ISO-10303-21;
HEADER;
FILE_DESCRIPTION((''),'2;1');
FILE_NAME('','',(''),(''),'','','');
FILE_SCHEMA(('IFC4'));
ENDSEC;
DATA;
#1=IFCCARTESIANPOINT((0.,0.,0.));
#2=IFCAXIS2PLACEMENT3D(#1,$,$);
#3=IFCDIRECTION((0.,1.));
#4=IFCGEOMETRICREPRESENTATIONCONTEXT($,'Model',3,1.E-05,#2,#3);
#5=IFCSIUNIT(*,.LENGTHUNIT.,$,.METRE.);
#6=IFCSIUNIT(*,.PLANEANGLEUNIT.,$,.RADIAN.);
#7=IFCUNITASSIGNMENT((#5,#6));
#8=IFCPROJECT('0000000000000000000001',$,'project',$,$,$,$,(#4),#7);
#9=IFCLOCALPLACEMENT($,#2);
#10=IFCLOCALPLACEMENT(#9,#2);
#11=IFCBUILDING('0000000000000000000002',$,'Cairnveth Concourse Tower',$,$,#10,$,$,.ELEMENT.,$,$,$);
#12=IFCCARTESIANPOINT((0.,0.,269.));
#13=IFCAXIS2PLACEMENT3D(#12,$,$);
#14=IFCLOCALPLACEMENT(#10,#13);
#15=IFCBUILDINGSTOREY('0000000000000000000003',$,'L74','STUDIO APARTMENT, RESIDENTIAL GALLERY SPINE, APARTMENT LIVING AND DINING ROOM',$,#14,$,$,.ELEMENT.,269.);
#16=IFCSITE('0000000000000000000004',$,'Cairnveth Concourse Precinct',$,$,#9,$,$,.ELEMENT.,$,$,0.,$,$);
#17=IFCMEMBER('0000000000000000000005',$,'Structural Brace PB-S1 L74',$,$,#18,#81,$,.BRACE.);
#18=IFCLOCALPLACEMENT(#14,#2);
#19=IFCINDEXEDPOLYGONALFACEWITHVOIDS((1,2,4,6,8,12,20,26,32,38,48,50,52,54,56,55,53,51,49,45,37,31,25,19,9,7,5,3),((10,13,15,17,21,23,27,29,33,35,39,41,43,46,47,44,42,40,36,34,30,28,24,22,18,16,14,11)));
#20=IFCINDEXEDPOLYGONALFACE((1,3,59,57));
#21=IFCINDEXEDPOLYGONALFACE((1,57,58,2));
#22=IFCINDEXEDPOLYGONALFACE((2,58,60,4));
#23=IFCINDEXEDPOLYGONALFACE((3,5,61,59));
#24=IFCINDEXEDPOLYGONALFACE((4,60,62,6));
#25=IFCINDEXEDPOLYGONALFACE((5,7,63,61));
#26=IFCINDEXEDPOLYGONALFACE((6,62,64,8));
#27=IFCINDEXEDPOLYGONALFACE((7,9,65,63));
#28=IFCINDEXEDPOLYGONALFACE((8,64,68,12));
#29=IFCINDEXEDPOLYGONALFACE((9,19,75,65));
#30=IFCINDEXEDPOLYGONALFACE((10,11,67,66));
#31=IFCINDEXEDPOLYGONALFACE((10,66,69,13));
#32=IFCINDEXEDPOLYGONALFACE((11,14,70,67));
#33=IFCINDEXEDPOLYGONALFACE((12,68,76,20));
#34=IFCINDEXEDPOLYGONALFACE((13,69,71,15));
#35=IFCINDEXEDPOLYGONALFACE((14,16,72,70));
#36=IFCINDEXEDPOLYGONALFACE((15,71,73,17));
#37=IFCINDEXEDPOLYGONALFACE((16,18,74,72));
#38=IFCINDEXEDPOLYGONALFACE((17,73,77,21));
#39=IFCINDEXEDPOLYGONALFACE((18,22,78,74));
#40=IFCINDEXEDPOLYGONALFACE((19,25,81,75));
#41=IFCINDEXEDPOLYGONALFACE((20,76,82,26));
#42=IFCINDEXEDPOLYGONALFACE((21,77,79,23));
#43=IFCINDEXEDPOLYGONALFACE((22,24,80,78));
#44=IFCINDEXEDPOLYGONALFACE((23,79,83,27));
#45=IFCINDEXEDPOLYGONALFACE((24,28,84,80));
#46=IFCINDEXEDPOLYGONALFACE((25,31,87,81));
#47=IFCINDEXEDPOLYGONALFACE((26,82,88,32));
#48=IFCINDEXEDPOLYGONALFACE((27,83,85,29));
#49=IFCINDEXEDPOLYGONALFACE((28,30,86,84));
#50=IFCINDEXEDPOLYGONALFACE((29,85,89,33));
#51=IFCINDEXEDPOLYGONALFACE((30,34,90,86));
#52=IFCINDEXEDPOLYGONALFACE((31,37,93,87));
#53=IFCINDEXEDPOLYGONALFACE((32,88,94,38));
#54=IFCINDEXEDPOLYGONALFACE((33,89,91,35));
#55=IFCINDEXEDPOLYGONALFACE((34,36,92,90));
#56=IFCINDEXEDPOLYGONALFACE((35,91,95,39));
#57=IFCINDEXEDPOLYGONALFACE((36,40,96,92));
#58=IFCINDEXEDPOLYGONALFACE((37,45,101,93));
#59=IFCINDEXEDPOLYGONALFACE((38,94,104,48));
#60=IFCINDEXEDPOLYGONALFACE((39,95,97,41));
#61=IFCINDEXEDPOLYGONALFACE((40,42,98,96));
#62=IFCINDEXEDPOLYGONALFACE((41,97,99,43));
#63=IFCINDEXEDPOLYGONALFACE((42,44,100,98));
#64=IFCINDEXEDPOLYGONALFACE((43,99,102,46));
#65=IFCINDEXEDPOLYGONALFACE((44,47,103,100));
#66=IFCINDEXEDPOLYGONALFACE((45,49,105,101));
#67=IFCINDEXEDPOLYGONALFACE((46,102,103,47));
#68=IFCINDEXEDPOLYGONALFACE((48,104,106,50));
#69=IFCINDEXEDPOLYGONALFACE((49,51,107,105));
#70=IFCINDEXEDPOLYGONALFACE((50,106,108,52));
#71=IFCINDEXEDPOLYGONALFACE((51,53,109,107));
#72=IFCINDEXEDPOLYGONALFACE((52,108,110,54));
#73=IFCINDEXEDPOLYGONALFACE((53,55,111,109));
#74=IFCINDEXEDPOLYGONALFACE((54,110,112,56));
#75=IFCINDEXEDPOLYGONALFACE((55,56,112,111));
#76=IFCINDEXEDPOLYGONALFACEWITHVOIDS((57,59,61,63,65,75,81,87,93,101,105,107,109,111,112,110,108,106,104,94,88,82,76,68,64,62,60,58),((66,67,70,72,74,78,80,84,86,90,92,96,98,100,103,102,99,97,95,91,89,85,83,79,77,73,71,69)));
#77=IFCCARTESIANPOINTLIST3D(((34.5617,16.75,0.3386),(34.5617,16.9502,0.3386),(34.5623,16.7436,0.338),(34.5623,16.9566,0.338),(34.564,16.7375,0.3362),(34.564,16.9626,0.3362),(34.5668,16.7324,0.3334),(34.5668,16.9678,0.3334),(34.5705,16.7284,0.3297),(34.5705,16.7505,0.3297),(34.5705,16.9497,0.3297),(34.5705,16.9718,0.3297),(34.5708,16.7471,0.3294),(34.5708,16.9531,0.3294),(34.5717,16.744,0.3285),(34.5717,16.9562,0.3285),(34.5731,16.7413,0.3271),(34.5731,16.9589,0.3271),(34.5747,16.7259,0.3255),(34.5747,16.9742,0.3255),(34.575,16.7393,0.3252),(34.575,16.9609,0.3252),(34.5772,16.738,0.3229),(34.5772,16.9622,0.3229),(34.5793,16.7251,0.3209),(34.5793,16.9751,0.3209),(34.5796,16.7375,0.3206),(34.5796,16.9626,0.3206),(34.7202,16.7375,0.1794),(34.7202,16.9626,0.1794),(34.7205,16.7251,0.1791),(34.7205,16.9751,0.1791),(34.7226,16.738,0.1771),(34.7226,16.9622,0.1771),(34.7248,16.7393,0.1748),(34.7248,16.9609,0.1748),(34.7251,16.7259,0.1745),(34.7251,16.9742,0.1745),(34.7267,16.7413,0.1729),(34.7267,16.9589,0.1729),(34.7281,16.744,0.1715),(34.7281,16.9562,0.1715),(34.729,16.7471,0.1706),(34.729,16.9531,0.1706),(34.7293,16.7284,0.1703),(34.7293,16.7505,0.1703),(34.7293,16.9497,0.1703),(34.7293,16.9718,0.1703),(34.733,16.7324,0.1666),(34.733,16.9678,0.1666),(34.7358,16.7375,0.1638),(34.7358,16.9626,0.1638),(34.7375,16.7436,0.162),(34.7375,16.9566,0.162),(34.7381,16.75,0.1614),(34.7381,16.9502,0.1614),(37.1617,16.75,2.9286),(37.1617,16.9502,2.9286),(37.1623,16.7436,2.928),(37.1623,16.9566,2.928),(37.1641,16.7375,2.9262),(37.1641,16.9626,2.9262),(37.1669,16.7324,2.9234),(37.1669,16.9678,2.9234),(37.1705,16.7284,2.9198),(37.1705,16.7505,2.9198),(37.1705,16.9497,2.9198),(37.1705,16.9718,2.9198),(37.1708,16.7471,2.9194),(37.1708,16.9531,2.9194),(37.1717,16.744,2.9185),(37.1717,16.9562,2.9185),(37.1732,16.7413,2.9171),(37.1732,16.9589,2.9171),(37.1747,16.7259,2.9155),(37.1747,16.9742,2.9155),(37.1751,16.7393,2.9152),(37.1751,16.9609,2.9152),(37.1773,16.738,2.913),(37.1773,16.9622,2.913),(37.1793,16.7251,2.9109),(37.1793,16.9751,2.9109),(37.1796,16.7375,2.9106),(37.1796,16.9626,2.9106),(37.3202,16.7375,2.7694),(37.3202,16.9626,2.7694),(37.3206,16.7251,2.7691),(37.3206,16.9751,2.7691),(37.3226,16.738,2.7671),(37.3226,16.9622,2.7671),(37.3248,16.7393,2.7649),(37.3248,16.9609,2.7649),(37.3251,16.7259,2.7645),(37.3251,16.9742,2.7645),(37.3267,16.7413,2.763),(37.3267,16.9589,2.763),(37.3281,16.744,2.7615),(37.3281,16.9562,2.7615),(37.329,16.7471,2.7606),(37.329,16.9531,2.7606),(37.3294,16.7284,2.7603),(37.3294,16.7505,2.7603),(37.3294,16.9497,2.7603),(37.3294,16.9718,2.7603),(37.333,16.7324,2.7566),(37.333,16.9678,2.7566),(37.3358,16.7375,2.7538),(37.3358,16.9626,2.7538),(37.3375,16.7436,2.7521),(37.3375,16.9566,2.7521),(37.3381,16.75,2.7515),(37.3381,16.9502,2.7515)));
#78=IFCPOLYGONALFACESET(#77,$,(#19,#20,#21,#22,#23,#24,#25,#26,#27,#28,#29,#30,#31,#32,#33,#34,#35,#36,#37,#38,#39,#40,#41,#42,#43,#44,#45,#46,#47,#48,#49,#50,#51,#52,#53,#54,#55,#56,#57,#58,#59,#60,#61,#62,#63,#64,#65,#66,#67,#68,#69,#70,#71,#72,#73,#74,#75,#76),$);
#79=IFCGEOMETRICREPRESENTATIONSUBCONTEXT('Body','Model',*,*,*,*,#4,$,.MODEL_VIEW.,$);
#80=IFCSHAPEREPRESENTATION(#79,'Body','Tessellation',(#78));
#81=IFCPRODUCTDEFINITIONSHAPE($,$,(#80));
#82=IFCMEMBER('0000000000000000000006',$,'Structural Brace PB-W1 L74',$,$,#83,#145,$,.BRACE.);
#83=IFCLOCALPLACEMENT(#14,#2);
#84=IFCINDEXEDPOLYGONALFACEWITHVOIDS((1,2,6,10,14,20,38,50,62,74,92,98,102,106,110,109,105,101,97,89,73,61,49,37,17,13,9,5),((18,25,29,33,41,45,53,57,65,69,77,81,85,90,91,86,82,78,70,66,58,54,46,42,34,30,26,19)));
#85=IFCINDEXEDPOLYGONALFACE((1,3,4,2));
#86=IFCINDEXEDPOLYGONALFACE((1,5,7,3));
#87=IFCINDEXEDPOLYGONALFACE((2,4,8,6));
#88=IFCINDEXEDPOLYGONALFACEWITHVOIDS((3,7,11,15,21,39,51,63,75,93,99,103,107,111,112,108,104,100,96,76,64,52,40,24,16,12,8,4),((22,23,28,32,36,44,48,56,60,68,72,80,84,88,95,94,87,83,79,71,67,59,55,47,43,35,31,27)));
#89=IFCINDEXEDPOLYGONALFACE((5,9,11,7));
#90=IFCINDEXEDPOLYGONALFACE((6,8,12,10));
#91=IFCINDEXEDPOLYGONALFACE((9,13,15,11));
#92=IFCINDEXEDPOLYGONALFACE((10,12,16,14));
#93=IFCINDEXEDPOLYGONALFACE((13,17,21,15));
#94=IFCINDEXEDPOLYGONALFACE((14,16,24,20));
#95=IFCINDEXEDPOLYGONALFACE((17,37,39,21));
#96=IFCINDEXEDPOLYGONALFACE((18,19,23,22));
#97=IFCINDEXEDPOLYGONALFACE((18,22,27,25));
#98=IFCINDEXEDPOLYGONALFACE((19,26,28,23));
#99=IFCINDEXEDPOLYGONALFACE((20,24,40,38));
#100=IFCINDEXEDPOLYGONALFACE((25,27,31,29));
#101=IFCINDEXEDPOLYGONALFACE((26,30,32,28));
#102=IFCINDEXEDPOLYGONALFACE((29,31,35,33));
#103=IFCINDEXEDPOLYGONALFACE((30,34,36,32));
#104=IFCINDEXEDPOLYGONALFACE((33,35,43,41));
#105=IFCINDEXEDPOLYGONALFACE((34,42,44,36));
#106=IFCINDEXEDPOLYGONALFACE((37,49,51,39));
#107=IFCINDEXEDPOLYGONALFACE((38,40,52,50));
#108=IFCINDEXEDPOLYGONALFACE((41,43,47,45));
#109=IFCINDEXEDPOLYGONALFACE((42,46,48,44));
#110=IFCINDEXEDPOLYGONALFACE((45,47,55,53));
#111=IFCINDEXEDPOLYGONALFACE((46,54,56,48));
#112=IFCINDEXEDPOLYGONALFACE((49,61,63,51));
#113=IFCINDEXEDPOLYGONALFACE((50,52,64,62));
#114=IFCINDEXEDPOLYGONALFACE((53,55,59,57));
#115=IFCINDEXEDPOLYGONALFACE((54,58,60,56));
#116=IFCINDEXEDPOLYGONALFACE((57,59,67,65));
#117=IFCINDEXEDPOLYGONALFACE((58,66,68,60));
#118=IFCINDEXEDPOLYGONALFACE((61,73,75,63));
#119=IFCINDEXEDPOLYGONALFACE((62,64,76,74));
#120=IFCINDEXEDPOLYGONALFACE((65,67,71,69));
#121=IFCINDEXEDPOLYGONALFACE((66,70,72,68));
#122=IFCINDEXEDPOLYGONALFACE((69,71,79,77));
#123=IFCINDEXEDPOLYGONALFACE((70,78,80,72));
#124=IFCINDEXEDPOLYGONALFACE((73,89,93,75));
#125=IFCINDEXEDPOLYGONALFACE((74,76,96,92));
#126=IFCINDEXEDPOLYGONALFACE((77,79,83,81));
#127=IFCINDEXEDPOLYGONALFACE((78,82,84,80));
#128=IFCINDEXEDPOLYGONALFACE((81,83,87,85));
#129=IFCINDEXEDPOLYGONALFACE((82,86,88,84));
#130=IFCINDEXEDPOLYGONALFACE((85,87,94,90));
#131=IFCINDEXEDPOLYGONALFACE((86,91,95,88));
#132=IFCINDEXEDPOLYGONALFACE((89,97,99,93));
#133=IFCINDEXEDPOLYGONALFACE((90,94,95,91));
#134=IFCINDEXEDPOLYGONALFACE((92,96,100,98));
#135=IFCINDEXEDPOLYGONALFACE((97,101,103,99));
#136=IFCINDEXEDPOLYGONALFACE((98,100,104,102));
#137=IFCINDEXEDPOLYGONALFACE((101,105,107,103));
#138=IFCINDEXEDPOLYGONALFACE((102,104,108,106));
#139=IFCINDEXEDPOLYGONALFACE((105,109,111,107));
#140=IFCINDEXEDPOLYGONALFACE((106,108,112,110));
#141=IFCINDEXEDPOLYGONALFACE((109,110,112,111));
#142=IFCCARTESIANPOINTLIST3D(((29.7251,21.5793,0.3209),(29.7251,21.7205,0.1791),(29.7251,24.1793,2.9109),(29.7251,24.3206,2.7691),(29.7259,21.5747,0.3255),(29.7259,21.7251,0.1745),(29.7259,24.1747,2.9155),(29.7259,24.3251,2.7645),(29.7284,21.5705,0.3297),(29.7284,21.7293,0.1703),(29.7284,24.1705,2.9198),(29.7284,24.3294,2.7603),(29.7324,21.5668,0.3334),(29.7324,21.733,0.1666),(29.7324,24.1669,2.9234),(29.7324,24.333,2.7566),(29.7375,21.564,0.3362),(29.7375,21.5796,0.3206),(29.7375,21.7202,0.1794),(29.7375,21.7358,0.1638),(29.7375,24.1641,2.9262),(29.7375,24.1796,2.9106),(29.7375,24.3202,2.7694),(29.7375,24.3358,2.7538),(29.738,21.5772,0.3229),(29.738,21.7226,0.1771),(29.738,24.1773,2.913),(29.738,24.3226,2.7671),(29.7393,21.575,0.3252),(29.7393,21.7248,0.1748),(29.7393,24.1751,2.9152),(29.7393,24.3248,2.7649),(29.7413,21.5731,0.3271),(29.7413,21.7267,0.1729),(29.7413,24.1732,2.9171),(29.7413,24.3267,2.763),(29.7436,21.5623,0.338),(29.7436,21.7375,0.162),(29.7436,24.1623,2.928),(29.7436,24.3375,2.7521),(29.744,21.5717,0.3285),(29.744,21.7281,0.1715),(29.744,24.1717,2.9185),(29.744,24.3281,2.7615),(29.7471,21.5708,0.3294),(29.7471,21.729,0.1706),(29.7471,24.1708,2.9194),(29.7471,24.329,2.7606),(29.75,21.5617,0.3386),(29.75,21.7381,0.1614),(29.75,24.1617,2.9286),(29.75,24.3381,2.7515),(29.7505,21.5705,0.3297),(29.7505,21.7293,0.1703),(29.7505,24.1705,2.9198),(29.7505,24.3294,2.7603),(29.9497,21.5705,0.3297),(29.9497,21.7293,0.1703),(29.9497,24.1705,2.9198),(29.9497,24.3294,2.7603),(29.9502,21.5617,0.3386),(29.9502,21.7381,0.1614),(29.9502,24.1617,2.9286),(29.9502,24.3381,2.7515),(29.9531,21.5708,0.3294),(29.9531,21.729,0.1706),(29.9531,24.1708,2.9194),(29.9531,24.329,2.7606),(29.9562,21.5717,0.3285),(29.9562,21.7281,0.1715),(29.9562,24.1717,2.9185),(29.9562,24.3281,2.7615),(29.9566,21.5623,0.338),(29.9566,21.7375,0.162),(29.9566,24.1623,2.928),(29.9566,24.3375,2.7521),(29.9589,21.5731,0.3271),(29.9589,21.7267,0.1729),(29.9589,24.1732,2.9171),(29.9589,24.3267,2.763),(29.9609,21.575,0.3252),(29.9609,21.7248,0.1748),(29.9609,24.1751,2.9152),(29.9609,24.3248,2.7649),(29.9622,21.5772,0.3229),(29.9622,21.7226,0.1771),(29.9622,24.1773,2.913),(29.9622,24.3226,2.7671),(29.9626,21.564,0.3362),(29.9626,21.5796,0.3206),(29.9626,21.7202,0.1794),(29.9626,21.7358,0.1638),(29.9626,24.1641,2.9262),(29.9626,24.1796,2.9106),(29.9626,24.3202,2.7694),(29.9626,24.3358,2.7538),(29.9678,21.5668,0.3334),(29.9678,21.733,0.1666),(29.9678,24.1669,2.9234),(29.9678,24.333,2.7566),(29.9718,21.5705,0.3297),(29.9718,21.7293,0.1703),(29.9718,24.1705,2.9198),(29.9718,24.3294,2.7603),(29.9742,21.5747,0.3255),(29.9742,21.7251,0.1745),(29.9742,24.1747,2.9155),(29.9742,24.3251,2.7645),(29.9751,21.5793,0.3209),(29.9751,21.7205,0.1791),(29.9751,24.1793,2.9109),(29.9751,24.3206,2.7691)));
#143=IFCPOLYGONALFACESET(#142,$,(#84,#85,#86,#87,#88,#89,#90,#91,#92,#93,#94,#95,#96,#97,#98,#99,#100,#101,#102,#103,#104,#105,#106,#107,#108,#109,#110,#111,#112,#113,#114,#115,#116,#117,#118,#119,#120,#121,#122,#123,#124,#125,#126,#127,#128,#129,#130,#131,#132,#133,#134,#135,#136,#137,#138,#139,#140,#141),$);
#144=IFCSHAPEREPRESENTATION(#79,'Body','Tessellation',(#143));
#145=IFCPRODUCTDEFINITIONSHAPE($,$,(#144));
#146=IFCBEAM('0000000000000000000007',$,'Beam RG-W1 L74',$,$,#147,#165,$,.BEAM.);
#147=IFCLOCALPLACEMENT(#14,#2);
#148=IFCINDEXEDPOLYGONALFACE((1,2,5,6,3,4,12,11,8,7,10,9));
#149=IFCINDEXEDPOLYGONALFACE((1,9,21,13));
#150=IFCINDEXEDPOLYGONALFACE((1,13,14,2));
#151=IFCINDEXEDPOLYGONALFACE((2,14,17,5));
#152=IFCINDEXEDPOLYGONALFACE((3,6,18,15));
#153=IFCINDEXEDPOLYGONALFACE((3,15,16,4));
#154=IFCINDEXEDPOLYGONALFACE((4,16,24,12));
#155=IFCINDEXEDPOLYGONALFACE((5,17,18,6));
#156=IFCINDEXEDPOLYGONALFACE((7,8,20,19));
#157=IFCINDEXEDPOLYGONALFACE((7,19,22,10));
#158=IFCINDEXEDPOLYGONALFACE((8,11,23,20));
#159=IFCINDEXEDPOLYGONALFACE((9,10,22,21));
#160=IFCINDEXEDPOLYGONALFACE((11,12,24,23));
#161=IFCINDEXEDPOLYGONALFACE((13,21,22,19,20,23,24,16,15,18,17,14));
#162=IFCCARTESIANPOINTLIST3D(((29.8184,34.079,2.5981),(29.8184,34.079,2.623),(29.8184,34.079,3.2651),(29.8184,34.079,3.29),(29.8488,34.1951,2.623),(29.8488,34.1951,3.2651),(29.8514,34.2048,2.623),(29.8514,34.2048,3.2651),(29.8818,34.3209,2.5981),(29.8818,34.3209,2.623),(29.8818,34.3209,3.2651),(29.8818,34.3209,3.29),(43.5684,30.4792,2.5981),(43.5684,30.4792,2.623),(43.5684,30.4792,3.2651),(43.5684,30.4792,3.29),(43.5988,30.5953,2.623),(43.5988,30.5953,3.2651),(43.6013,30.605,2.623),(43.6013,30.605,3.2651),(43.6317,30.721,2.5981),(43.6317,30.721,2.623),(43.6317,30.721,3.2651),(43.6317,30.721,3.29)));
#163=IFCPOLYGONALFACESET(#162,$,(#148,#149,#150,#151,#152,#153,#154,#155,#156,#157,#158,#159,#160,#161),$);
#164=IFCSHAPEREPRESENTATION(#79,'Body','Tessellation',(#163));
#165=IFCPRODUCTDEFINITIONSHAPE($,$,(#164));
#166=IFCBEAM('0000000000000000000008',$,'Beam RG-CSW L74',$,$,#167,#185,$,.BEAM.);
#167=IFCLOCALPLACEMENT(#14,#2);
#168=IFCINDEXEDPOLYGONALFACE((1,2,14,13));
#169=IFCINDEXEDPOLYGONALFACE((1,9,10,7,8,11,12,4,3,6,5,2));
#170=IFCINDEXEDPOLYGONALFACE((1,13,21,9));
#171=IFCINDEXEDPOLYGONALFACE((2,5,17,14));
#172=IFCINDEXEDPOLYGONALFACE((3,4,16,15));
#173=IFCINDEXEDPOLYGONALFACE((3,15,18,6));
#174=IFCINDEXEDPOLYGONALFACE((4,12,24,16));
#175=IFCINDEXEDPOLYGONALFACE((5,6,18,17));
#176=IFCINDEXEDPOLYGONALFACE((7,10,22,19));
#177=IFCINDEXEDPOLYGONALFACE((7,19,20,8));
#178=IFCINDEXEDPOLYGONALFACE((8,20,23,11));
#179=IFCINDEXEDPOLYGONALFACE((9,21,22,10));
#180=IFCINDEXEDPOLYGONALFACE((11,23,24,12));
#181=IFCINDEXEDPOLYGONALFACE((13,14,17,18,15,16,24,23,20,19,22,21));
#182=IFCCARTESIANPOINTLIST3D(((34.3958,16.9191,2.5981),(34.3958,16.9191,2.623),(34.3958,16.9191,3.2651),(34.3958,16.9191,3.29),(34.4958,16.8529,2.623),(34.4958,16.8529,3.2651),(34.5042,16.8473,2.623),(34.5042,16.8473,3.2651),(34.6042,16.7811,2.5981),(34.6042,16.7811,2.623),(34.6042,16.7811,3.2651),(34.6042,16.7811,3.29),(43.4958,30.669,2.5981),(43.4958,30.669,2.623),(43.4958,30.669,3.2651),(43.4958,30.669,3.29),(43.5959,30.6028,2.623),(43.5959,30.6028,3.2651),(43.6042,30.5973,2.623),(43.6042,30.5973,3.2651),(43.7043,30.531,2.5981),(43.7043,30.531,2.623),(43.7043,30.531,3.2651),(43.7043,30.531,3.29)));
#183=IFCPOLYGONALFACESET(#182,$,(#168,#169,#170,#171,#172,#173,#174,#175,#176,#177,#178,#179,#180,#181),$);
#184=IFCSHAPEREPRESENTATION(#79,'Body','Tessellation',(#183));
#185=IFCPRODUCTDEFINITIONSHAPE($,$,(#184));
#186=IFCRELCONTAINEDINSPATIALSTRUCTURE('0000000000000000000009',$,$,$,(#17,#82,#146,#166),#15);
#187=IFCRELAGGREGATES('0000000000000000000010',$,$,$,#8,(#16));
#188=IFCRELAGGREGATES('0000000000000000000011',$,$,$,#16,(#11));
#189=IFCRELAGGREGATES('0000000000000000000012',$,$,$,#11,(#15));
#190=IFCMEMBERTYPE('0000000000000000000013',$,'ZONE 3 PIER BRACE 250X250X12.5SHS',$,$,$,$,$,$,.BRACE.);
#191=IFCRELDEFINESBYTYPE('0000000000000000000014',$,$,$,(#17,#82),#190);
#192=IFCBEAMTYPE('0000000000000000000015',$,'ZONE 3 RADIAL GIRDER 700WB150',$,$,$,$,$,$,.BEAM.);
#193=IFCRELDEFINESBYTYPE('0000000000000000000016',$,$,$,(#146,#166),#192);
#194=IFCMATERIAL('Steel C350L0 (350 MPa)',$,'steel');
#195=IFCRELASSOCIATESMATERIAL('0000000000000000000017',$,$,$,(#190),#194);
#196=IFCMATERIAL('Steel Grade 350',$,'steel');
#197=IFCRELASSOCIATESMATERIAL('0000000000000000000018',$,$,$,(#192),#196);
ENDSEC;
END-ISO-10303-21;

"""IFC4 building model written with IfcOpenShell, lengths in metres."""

from ifc_helpers import new_model, si_unit, direction, frame, origin, origin_2d, place, context, subcontext, project, spatial, hollow_rectangle, i_section, extrude, material, material_profile, profile_set, type_object, element, save


model = new_model("IFC4")

# Units and contexts
model_context = context("Model", 3, precision=1e-05, world=origin(), true_north=direction((0.0, 1.0)))
body_context = subcontext(model_context, "Body", "Model", "MODEL_VIEW")
ifc_project = project(units=[si_unit("LENGTHUNIT", "METRE"), si_unit("PLANEANGLEUNIT", "RADIAN")], contexts=[model_context])

# Site, building, storey
site_placement = place(None, origin())
site = spatial("IfcSite", under=ifc_project, at=site_placement, Name="Cairnveth Concourse Precinct", CompositionType="ELEMENT", RefElevation=0.0)
building_placement = place(site_placement, origin())
building = spatial("IfcBuilding", under=site, at=building_placement, Name="Cairnveth Concourse Tower", CompositionType="ELEMENT")
storey_placement = place(building_placement, frame((0.0, 0.0, 269.0)))
storey = spatial("IfcBuildingStorey", under=building, at=storey_placement, Name="L74", Description="STUDIO APARTMENT, RESIDENTIAL GALLERY SPINE, APARTMENT LIVING AND DINING ROOM", CompositionType="ELEMENT", Elevation=269.0)

# Shared definitions
ifc_material_1 = material(Name="Steel Grade 350", Category="steel")

# Members
ifc_material_2 = material(Name="Steel C350L0 (350 MPa)", Category="steel")
ifc_material_profile_1 = material_profile(ifc_material_2, hollow_rectangle(XDim=0.25, YDim=0.25, WallThickness=0.0125, InnerFilletRadius=0.0129, OuterFilletRadius=0.0249, at=origin_2d()), Name="250x250x12.5SHS")
ifc_profile_set_1 = profile_set([ifc_material_profile_1], Name="Steel C350L0 (350 MPa)")
member_type = type_object("IfcMemberType", Name="ZONE 3 PIER BRACE 250X250X12.5SHS", PredefinedType="BRACE", material=ifc_profile_set_1)
for number, where, z_axis, x_axis, name in (
    (1, (34.6499, 16.8501, 0.25), (0.708469, 0.0, 0.705742), (0.0, 1.0, 0.0), "Structural Brace PB-S1 L74"),
    (2, (29.8501, 21.6499, 0.25), (0.0, 0.708469, 0.705742), (-1.0, 0.0, 0.0), "Structural Brace PB-W1 L74"),
):
    element("IfcMember", number, at=place(storey_placement, frame(where, z_axis=z_axis, x_axis=x_axis)), inside=storey, type_object=member_type, Name=name, PredefinedType="BRACE", context=body_context, shape_type="SweptSolid", body=[
        extrude(hollow_rectangle(XDim=0.25, YDim=0.25, WallThickness=0.0125, InnerFilletRadius=0.0129, OuterFilletRadius=0.0249, at=origin_2d()), origin(), (0.0, 0.0, 1.0), 3.6699),
    ])

# Beams
ifc_material_profile_2 = material_profile(ifc_material_1, i_section(OverallWidth=0.25, OverallDepth=0.6919, WebThickness=0.01, FlangeThickness=0.0249, at=origin_2d()), Name="700WB150")
ifc_profile_set_2 = profile_set([ifc_material_profile_2], Name="Steel Grade 350")
beam_type_1 = type_object("IfcBeamType", Name="ZONE 3 RADIAL GIRDER 700WB150", PredefinedType="BEAM", material=ifc_profile_set_2)
beam_1_placement = place(storey_placement, frame((29.8501, 34.2, 2.9441), z_axis=(0.967395, -0.253271, 0.0), x_axis=(0.253271, 0.967395, 0.0)))
element("IfcBeam", 3, at=beam_1_placement, inside=storey, type_object=beam_type_1, Name="Beam RG-W1 L74", PredefinedType="BEAM", context=body_context, shape_type="SweptSolid", body=[
    extrude(i_section(OverallWidth=0.25, OverallDepth=0.6919, WebThickness=0.01, FlangeThickness=0.0249, at=origin_2d()), origin(), (0.0, 0.0, 1.0), 14.2134),
])
beam_2_placement = place(storey_placement, frame((34.5, 16.8501, 2.9441), z_axis=(0.551902, 0.833909, 0.0), x_axis=(-0.833909, 0.551902, 0.0)))
element("IfcBeam", 4, at=beam_2_placement, inside=storey, type_object=beam_type_1, Name="Beam RG-CSW L74", PredefinedType="BEAM", context=body_context, shape_type="SweptSolid", body=[
    extrude(i_section(OverallWidth=0.25, OverallDepth=0.6919, WebThickness=0.01, FlangeThickness=0.0249, at=origin_2d()), origin(), (0.0, 0.0, 1.0), 16.4885),
])

save(model, "model.ifc")
